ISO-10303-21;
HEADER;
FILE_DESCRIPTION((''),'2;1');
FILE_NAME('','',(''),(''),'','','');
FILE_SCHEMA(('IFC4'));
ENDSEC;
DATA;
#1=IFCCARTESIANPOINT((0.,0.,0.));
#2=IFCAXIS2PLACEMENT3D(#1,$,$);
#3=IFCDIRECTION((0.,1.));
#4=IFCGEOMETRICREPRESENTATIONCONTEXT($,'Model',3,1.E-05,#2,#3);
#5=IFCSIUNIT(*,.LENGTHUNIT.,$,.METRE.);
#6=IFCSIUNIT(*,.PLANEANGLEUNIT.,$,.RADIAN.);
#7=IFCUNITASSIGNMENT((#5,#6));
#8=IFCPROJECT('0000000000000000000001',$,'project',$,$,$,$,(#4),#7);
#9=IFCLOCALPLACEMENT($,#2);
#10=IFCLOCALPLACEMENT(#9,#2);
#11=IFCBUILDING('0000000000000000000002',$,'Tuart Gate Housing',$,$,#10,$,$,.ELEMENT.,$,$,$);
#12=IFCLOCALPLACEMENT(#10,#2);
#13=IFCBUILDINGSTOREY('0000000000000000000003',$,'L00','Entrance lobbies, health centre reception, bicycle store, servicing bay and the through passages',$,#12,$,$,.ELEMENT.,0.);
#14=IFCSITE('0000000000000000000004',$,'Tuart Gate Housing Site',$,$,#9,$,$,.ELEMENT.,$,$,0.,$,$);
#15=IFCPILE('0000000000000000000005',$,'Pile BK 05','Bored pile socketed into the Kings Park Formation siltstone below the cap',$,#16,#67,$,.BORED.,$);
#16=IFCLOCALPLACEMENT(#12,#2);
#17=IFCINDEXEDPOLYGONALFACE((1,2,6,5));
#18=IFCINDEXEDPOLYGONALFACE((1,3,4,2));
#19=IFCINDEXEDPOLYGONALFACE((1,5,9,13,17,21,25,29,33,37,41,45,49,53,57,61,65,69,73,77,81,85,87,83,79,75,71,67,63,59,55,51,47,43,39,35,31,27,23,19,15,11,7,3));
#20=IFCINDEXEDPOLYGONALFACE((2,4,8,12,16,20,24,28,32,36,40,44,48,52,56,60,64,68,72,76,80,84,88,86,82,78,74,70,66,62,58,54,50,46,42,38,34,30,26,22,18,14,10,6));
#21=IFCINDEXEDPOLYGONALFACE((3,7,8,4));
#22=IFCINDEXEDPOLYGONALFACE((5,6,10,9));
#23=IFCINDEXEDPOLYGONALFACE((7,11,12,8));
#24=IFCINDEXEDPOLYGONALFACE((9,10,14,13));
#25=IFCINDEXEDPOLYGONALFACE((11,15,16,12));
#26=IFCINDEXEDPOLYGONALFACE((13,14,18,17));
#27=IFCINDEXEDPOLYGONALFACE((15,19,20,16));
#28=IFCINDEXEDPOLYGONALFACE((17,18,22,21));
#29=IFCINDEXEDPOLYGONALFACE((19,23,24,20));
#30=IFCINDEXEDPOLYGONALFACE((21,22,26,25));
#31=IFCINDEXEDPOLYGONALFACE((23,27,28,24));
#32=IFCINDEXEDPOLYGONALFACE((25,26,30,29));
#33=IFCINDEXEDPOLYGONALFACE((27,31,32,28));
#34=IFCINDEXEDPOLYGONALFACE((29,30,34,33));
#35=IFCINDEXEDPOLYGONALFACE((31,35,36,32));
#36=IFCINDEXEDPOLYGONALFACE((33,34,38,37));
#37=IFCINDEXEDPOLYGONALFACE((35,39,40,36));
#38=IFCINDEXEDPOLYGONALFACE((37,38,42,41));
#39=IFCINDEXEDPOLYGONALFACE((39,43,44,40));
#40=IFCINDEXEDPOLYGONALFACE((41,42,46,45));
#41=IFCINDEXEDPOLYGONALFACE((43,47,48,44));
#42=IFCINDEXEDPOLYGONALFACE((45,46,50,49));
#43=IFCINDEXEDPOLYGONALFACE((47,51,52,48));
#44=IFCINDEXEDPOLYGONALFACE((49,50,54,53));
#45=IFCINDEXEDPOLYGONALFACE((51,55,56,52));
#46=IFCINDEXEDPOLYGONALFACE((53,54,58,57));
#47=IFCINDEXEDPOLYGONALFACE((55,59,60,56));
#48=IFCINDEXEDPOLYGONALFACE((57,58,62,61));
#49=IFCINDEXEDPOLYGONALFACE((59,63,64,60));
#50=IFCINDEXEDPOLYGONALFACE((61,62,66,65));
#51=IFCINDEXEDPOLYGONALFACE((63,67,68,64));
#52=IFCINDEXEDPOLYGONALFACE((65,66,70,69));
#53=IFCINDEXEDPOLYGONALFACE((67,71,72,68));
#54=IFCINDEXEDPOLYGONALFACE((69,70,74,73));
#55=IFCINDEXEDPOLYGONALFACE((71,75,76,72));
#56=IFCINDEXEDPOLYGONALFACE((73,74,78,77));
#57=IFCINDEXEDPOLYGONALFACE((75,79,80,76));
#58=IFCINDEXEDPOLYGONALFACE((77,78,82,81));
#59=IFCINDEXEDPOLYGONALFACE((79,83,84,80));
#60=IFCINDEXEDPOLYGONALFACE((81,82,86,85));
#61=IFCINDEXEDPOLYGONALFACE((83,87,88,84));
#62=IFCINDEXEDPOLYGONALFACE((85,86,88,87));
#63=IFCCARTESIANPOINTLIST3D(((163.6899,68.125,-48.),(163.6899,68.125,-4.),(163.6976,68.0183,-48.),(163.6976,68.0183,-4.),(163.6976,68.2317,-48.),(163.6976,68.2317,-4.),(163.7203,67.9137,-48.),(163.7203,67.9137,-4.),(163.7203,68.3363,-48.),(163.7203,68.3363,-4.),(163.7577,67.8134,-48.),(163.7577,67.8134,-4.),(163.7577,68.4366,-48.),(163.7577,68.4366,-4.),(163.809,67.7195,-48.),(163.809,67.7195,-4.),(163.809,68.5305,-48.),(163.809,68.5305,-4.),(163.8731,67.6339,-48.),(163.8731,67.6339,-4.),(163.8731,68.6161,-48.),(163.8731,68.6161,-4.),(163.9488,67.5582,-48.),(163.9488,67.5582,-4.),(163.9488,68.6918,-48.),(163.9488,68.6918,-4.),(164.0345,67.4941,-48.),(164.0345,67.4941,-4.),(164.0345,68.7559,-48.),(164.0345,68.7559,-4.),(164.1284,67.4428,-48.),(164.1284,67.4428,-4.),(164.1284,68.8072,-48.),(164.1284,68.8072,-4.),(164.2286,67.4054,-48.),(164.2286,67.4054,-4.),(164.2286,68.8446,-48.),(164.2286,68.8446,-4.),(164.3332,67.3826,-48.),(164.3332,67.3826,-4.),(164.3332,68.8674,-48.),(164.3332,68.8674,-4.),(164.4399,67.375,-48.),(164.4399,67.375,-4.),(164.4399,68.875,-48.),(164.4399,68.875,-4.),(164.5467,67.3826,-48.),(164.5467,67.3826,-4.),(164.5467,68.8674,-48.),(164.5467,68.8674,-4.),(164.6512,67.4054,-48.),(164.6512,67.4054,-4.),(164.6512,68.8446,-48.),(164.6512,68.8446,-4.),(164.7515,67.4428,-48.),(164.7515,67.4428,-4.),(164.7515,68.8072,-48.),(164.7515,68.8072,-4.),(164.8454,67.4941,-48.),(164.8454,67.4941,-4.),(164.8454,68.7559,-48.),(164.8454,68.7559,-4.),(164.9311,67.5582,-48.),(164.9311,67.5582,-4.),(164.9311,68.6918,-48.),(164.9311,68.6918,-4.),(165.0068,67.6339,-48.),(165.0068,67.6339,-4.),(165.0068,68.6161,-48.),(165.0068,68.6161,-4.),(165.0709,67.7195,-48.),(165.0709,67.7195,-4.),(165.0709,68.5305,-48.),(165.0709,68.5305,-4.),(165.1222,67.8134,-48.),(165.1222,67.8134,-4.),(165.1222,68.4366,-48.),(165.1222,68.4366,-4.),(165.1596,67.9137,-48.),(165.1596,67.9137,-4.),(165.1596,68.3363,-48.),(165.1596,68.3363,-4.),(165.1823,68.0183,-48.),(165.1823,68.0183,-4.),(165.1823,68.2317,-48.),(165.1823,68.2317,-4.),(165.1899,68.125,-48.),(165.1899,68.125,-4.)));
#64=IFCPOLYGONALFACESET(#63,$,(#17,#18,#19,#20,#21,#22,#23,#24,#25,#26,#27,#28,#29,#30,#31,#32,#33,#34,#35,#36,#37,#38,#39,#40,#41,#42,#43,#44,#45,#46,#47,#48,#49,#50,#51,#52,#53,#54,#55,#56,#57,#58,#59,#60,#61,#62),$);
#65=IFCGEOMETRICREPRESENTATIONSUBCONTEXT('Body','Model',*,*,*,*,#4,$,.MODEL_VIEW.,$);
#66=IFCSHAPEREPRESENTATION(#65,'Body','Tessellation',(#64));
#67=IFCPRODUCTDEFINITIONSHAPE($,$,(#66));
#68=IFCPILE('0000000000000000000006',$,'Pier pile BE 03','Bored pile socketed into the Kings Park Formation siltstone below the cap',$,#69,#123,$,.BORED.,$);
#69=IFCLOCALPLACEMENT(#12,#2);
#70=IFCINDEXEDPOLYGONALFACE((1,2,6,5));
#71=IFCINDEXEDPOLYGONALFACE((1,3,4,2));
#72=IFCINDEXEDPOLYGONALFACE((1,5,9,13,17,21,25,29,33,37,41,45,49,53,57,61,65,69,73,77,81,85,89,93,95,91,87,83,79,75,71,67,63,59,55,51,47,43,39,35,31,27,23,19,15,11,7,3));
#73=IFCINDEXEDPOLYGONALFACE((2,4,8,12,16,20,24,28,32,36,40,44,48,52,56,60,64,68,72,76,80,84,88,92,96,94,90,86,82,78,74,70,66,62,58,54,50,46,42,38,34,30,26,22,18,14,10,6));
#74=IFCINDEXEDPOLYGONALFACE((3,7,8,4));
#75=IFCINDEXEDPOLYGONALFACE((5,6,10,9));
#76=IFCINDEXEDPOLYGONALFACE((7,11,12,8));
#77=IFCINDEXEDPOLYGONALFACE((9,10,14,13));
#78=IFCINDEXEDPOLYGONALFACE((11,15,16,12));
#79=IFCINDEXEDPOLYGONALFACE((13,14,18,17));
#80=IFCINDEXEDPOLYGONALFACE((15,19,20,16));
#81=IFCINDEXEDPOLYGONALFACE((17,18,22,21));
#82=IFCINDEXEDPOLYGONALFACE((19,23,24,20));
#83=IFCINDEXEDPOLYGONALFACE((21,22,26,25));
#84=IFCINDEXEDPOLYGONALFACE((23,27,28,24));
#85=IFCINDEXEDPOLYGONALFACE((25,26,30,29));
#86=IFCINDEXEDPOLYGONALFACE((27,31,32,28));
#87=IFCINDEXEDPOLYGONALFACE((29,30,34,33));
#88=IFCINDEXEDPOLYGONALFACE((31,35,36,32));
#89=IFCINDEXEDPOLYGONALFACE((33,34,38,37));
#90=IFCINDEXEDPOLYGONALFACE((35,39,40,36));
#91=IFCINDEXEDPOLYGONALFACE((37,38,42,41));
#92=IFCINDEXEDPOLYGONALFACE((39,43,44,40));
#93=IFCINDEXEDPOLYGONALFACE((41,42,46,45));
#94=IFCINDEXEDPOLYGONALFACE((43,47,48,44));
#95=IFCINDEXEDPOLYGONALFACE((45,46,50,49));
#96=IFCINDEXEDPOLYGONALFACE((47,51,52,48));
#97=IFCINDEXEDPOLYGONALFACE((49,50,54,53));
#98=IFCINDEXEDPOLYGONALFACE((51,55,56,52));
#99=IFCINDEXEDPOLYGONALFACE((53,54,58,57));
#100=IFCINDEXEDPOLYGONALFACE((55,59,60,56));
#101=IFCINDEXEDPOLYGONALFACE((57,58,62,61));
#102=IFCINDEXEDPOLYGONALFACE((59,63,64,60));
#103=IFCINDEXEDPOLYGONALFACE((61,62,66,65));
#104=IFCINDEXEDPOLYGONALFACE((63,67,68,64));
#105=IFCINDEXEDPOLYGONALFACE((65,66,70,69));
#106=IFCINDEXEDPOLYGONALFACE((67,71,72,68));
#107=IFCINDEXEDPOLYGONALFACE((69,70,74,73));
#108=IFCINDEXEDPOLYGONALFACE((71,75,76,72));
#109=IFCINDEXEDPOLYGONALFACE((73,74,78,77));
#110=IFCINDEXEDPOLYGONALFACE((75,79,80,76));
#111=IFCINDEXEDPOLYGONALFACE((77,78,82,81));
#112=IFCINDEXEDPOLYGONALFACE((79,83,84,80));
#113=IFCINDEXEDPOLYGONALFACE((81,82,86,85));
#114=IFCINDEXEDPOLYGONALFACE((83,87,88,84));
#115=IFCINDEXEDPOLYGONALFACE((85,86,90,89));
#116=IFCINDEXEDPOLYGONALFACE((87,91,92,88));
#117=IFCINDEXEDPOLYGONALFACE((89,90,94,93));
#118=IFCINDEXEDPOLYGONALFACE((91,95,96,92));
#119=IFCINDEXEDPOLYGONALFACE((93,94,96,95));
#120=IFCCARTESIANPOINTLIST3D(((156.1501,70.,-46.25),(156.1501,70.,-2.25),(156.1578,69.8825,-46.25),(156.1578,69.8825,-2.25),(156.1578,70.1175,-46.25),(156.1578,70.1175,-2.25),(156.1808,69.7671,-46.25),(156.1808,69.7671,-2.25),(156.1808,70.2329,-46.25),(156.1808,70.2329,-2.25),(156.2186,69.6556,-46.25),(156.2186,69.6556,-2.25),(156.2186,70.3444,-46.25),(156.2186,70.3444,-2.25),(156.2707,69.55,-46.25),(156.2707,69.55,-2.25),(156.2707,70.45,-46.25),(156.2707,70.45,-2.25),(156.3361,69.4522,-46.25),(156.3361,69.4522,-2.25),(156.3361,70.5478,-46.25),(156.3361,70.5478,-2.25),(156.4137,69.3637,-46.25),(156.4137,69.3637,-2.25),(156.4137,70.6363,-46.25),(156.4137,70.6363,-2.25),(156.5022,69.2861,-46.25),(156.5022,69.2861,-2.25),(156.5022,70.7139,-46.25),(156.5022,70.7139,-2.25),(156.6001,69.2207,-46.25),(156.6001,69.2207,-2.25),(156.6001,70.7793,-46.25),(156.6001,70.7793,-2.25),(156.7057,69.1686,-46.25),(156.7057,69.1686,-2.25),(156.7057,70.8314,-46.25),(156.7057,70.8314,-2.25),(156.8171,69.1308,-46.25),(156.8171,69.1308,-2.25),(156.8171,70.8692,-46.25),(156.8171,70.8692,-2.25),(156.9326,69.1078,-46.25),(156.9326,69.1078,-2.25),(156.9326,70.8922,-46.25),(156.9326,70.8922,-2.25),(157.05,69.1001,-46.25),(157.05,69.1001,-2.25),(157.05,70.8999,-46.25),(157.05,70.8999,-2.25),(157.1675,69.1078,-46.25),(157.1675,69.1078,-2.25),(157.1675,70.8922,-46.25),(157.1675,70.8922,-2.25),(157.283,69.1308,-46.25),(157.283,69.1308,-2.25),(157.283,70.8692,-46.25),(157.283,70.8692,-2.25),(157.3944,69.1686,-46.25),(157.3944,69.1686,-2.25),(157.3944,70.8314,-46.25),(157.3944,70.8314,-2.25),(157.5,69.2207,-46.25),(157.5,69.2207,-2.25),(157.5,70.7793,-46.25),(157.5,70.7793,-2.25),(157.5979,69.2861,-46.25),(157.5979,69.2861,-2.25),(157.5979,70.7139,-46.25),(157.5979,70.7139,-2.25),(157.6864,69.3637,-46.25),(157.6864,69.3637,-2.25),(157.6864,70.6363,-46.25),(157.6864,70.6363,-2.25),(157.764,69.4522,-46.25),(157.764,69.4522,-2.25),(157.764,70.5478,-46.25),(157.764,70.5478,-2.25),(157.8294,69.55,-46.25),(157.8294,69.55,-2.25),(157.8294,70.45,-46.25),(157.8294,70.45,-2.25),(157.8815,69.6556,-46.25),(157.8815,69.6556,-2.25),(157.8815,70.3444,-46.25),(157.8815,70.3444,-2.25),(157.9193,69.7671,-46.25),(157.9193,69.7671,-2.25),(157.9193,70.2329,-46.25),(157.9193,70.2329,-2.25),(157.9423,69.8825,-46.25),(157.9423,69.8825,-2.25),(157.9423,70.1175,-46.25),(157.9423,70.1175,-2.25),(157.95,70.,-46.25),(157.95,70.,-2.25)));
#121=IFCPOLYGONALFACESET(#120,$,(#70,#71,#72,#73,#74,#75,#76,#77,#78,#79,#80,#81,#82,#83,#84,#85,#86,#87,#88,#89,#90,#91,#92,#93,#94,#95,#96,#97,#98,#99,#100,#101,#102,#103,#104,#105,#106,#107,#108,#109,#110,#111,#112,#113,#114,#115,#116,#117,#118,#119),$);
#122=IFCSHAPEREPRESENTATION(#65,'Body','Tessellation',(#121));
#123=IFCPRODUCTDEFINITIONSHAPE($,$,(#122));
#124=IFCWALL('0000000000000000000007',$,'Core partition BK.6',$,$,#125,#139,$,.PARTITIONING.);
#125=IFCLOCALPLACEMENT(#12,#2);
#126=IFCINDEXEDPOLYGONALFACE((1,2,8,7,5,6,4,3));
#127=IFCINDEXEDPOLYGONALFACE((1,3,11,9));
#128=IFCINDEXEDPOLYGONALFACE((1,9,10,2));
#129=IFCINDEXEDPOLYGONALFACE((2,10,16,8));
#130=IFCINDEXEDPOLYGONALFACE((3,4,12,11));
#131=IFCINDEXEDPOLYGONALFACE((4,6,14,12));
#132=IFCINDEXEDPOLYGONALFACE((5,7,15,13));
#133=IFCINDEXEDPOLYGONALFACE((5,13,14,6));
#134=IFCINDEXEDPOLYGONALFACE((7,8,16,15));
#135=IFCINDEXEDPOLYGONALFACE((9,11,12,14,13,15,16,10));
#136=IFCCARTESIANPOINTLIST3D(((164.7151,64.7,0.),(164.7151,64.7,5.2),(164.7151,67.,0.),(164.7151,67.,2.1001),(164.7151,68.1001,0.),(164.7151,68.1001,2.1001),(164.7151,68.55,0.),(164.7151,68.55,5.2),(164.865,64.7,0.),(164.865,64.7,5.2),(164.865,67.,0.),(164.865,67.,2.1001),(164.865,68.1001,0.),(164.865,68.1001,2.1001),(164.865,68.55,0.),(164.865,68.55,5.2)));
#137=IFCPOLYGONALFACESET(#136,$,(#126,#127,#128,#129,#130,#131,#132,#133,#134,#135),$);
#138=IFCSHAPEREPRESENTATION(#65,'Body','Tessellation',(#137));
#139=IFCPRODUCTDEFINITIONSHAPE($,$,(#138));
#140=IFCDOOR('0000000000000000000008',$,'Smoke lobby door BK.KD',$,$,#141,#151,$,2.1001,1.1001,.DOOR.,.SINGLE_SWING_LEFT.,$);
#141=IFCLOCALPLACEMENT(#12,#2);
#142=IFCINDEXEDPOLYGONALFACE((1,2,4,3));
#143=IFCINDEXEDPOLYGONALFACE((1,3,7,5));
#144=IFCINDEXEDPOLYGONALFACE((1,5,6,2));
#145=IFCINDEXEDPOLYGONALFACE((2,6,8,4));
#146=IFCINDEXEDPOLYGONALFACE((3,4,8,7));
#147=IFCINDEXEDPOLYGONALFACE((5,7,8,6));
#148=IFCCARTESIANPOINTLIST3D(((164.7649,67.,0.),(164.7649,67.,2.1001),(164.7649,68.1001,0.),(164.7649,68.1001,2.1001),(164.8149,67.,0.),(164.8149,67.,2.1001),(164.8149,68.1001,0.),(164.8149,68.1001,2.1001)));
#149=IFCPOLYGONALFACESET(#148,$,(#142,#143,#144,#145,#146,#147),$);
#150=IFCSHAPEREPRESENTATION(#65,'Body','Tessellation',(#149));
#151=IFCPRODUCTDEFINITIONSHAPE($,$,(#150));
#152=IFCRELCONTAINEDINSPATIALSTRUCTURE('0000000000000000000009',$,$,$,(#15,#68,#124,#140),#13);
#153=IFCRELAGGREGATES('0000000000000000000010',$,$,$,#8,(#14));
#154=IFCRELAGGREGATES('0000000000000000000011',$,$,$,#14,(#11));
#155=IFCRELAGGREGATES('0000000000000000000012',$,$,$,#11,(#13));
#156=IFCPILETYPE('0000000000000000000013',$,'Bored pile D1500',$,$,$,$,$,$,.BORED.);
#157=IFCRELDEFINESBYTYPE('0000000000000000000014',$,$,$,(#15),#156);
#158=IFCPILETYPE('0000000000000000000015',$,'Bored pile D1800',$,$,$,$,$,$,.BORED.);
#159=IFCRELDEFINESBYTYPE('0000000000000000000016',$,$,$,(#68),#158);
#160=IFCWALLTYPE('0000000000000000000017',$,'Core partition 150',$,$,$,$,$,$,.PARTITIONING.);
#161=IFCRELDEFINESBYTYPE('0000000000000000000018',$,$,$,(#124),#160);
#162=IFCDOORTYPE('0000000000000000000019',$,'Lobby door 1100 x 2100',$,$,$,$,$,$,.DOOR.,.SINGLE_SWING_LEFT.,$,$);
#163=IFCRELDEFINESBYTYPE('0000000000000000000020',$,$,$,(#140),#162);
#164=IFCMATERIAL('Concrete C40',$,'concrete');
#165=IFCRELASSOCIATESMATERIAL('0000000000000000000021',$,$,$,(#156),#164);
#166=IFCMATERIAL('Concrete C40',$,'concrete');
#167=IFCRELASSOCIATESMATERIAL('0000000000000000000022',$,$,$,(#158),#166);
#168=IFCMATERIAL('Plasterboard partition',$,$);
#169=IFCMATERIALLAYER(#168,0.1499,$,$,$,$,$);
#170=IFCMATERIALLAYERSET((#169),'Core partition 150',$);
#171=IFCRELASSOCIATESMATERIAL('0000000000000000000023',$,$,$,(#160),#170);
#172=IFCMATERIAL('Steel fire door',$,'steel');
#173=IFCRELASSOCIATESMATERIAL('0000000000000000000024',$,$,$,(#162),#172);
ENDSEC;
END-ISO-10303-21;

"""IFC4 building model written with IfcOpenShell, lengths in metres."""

from ifc_helpers import new_model, si_unit, direction, frame, frame_2d, origin, origin_2d, place, context, subcontext, project, spatial, rectangle, circle, extrude, material, layer, layer_set, material_profile, profile_set, type_object, element, fill, save


model = new_model("IFC4")

# Units and contexts
model_context = context("Model", 3, precision=1e-05, world=origin(), true_north=direction((0.0, 1.0)))
body_context = subcontext(model_context, "Body", "Model", "MODEL_VIEW")
ifc_project = project(units=[si_unit("LENGTHUNIT", "METRE"), si_unit("PLANEANGLEUNIT", "RADIAN")], contexts=[model_context])

# Site, building, storey
site_placement = place(None, origin())
site = spatial("IfcSite", under=ifc_project, at=site_placement, Name="Tuart Gate Housing Site", CompositionType="ELEMENT", RefElevation=0.0)
building_placement = place(site_placement, origin())
building = spatial("IfcBuilding", under=site, at=building_placement, Name="Tuart Gate Housing", CompositionType="ELEMENT")
storey_placement = place(building_placement, origin())
storey = spatial("IfcBuildingStorey", under=building, at=storey_placement, Name="L00", Description="Entrance lobbies, health centre reception, bicycle store, servicing bay and the through passages", CompositionType="ELEMENT", Elevation=0.0)

# Piles
ifc_material_1 = material(Name="Concrete C40", Category="concrete")
ifc_material_profile_1 = material_profile(ifc_material_1, circle(Radius=0.75, at=origin_2d()), Name="Bored pile D1500")
ifc_profile_set_1 = profile_set([ifc_material_profile_1], Name="Concrete C40")
pile_type_1 = type_object("IfcPileType", Name="Bored pile D1500", PredefinedType="BORED", material=ifc_profile_set_1)
for number, where, z_axis, x_axis, name in (
    (1, (164.4399, 68.125, -4.0), (0.0, 0.0, -1.0), (1.0, 0.0, 0.0), "Pile BK 05"),
):
    element("IfcPile", number, at=place(storey_placement, frame(where, z_axis=z_axis, x_axis=x_axis)), inside=storey, type_object=pile_type_1, Name=name, Description="Bored pile socketed into the Kings Park Formation siltstone below the cap", PredefinedType="BORED", context=body_context, shape_type="SweptSolid", body=[
        extrude(circle(Radius=0.75, at=origin_2d()), origin(), (0.0, 0.0, 1.0), 44.0),
    ])
ifc_material_2 = material(Name="Concrete C40", Category="concrete")
ifc_material_profile_2 = material_profile(ifc_material_2, circle(Radius=0.8999, at=origin_2d()), Name="Bored pile D1800")
ifc_profile_set_2 = profile_set([ifc_material_profile_2], Name="Concrete C40")
pile_type_2 = type_object("IfcPileType", Name="Bored pile D1800", PredefinedType="BORED", material=ifc_profile_set_2)
pile_placement = place(storey_placement, frame((157.05, 70.0, -2.25), z_axis=(0.0, 0.0, -1.0), x_axis=(1.0, 0.0, 0.0)))
element("IfcPile", 2, at=pile_placement, inside=storey, type_object=pile_type_2, Name="Pier pile BE 03", Description="Bored pile socketed into the Kings Park Formation siltstone below the cap", PredefinedType="BORED", context=body_context, shape_type="SweptSolid", body=[
    extrude(circle(Radius=0.8999, at=origin_2d()), origin(), (0.0, 0.0, 1.0), 44.0),
])

# Wall, opening, door
ifc_material_3 = material(Name="Plasterboard partition")
ifc_layer_1 = layer(ifc_material_3, 0.1499)
ifc_layer_set_1 = layer_set([ifc_layer_1], Name="Core partition 150")
wall_type_1 = type_object("IfcWallType", Name="Core partition 150", PredefinedType="PARTITIONING", material=ifc_layer_set_1)
wall_1_placement = place(storey_placement, frame((164.79, 68.55, 0.0), z_axis=(0.0, 0.0, 1.0), x_axis=(0.0, -1.0, 0.0)))
wall_1 = element("IfcWall", 3, at=wall_1_placement, inside=storey, type_object=wall_type_1, Name="Core partition BK.6", PredefinedType="PARTITIONING", context=body_context, shape_type="SweptSolid", body=[
    extrude(rectangle(XDim=3.8501, YDim=0.1499, at=frame_2d((1.925, 0.0))), origin(), (0.0, 0.0, 1.0), 5.2),
])
opening_1_placement = place(wall_1_placement, frame((0.45, 0.0, 0.0)))
opening_1 = element("IfcOpeningElement", 4, at=opening_1_placement, cuts=wall_1, PredefinedType="OPENING", context=body_context, shape_type="SweptSolid", body=[
    extrude(rectangle(XDim=1.1001, YDim=2.1001, at=frame_2d((0.55, 1.05))), frame((0.0, 0.085, 0.0), z_axis=(0.0, -1.0, 0.0), x_axis=(1.0, 0.0, 0.0)), (0.0, 0.0, 1.0), 0.1699),
])
ifc_material_4 = material(Name="Steel fire door", Category="steel")
door_type_1 = type_object("IfcDoorType", Name="Lobby door 1100 x 2100", OperationType="SINGLE_SWING_LEFT", PredefinedType="DOOR", material=ifc_material_4)
door_1_placement = place(opening_1_placement, origin())
door_1 = element("IfcDoor", 5, at=door_1_placement, inside=storey, type_object=door_type_1, Name="Smoke lobby door BK.KD", OperationType="SINGLE_SWING_LEFT", OverallHeight=2.1001, OverallWidth=1.1001, PredefinedType="DOOR", context=body_context, shape_type="SweptSolid", body=[
    extrude(rectangle(XDim=1.1001, YDim=2.1001, at=frame_2d((0.55, 1.05))), frame((0.0, 0.0249, 0.0), z_axis=(0.0, -1.0, 0.0), x_axis=(1.0, 0.0, 0.0)), (0.0, 0.0, 1.0), 0.05),
])
fill(opening_1, door_1)

save(model, "model.ifc")
